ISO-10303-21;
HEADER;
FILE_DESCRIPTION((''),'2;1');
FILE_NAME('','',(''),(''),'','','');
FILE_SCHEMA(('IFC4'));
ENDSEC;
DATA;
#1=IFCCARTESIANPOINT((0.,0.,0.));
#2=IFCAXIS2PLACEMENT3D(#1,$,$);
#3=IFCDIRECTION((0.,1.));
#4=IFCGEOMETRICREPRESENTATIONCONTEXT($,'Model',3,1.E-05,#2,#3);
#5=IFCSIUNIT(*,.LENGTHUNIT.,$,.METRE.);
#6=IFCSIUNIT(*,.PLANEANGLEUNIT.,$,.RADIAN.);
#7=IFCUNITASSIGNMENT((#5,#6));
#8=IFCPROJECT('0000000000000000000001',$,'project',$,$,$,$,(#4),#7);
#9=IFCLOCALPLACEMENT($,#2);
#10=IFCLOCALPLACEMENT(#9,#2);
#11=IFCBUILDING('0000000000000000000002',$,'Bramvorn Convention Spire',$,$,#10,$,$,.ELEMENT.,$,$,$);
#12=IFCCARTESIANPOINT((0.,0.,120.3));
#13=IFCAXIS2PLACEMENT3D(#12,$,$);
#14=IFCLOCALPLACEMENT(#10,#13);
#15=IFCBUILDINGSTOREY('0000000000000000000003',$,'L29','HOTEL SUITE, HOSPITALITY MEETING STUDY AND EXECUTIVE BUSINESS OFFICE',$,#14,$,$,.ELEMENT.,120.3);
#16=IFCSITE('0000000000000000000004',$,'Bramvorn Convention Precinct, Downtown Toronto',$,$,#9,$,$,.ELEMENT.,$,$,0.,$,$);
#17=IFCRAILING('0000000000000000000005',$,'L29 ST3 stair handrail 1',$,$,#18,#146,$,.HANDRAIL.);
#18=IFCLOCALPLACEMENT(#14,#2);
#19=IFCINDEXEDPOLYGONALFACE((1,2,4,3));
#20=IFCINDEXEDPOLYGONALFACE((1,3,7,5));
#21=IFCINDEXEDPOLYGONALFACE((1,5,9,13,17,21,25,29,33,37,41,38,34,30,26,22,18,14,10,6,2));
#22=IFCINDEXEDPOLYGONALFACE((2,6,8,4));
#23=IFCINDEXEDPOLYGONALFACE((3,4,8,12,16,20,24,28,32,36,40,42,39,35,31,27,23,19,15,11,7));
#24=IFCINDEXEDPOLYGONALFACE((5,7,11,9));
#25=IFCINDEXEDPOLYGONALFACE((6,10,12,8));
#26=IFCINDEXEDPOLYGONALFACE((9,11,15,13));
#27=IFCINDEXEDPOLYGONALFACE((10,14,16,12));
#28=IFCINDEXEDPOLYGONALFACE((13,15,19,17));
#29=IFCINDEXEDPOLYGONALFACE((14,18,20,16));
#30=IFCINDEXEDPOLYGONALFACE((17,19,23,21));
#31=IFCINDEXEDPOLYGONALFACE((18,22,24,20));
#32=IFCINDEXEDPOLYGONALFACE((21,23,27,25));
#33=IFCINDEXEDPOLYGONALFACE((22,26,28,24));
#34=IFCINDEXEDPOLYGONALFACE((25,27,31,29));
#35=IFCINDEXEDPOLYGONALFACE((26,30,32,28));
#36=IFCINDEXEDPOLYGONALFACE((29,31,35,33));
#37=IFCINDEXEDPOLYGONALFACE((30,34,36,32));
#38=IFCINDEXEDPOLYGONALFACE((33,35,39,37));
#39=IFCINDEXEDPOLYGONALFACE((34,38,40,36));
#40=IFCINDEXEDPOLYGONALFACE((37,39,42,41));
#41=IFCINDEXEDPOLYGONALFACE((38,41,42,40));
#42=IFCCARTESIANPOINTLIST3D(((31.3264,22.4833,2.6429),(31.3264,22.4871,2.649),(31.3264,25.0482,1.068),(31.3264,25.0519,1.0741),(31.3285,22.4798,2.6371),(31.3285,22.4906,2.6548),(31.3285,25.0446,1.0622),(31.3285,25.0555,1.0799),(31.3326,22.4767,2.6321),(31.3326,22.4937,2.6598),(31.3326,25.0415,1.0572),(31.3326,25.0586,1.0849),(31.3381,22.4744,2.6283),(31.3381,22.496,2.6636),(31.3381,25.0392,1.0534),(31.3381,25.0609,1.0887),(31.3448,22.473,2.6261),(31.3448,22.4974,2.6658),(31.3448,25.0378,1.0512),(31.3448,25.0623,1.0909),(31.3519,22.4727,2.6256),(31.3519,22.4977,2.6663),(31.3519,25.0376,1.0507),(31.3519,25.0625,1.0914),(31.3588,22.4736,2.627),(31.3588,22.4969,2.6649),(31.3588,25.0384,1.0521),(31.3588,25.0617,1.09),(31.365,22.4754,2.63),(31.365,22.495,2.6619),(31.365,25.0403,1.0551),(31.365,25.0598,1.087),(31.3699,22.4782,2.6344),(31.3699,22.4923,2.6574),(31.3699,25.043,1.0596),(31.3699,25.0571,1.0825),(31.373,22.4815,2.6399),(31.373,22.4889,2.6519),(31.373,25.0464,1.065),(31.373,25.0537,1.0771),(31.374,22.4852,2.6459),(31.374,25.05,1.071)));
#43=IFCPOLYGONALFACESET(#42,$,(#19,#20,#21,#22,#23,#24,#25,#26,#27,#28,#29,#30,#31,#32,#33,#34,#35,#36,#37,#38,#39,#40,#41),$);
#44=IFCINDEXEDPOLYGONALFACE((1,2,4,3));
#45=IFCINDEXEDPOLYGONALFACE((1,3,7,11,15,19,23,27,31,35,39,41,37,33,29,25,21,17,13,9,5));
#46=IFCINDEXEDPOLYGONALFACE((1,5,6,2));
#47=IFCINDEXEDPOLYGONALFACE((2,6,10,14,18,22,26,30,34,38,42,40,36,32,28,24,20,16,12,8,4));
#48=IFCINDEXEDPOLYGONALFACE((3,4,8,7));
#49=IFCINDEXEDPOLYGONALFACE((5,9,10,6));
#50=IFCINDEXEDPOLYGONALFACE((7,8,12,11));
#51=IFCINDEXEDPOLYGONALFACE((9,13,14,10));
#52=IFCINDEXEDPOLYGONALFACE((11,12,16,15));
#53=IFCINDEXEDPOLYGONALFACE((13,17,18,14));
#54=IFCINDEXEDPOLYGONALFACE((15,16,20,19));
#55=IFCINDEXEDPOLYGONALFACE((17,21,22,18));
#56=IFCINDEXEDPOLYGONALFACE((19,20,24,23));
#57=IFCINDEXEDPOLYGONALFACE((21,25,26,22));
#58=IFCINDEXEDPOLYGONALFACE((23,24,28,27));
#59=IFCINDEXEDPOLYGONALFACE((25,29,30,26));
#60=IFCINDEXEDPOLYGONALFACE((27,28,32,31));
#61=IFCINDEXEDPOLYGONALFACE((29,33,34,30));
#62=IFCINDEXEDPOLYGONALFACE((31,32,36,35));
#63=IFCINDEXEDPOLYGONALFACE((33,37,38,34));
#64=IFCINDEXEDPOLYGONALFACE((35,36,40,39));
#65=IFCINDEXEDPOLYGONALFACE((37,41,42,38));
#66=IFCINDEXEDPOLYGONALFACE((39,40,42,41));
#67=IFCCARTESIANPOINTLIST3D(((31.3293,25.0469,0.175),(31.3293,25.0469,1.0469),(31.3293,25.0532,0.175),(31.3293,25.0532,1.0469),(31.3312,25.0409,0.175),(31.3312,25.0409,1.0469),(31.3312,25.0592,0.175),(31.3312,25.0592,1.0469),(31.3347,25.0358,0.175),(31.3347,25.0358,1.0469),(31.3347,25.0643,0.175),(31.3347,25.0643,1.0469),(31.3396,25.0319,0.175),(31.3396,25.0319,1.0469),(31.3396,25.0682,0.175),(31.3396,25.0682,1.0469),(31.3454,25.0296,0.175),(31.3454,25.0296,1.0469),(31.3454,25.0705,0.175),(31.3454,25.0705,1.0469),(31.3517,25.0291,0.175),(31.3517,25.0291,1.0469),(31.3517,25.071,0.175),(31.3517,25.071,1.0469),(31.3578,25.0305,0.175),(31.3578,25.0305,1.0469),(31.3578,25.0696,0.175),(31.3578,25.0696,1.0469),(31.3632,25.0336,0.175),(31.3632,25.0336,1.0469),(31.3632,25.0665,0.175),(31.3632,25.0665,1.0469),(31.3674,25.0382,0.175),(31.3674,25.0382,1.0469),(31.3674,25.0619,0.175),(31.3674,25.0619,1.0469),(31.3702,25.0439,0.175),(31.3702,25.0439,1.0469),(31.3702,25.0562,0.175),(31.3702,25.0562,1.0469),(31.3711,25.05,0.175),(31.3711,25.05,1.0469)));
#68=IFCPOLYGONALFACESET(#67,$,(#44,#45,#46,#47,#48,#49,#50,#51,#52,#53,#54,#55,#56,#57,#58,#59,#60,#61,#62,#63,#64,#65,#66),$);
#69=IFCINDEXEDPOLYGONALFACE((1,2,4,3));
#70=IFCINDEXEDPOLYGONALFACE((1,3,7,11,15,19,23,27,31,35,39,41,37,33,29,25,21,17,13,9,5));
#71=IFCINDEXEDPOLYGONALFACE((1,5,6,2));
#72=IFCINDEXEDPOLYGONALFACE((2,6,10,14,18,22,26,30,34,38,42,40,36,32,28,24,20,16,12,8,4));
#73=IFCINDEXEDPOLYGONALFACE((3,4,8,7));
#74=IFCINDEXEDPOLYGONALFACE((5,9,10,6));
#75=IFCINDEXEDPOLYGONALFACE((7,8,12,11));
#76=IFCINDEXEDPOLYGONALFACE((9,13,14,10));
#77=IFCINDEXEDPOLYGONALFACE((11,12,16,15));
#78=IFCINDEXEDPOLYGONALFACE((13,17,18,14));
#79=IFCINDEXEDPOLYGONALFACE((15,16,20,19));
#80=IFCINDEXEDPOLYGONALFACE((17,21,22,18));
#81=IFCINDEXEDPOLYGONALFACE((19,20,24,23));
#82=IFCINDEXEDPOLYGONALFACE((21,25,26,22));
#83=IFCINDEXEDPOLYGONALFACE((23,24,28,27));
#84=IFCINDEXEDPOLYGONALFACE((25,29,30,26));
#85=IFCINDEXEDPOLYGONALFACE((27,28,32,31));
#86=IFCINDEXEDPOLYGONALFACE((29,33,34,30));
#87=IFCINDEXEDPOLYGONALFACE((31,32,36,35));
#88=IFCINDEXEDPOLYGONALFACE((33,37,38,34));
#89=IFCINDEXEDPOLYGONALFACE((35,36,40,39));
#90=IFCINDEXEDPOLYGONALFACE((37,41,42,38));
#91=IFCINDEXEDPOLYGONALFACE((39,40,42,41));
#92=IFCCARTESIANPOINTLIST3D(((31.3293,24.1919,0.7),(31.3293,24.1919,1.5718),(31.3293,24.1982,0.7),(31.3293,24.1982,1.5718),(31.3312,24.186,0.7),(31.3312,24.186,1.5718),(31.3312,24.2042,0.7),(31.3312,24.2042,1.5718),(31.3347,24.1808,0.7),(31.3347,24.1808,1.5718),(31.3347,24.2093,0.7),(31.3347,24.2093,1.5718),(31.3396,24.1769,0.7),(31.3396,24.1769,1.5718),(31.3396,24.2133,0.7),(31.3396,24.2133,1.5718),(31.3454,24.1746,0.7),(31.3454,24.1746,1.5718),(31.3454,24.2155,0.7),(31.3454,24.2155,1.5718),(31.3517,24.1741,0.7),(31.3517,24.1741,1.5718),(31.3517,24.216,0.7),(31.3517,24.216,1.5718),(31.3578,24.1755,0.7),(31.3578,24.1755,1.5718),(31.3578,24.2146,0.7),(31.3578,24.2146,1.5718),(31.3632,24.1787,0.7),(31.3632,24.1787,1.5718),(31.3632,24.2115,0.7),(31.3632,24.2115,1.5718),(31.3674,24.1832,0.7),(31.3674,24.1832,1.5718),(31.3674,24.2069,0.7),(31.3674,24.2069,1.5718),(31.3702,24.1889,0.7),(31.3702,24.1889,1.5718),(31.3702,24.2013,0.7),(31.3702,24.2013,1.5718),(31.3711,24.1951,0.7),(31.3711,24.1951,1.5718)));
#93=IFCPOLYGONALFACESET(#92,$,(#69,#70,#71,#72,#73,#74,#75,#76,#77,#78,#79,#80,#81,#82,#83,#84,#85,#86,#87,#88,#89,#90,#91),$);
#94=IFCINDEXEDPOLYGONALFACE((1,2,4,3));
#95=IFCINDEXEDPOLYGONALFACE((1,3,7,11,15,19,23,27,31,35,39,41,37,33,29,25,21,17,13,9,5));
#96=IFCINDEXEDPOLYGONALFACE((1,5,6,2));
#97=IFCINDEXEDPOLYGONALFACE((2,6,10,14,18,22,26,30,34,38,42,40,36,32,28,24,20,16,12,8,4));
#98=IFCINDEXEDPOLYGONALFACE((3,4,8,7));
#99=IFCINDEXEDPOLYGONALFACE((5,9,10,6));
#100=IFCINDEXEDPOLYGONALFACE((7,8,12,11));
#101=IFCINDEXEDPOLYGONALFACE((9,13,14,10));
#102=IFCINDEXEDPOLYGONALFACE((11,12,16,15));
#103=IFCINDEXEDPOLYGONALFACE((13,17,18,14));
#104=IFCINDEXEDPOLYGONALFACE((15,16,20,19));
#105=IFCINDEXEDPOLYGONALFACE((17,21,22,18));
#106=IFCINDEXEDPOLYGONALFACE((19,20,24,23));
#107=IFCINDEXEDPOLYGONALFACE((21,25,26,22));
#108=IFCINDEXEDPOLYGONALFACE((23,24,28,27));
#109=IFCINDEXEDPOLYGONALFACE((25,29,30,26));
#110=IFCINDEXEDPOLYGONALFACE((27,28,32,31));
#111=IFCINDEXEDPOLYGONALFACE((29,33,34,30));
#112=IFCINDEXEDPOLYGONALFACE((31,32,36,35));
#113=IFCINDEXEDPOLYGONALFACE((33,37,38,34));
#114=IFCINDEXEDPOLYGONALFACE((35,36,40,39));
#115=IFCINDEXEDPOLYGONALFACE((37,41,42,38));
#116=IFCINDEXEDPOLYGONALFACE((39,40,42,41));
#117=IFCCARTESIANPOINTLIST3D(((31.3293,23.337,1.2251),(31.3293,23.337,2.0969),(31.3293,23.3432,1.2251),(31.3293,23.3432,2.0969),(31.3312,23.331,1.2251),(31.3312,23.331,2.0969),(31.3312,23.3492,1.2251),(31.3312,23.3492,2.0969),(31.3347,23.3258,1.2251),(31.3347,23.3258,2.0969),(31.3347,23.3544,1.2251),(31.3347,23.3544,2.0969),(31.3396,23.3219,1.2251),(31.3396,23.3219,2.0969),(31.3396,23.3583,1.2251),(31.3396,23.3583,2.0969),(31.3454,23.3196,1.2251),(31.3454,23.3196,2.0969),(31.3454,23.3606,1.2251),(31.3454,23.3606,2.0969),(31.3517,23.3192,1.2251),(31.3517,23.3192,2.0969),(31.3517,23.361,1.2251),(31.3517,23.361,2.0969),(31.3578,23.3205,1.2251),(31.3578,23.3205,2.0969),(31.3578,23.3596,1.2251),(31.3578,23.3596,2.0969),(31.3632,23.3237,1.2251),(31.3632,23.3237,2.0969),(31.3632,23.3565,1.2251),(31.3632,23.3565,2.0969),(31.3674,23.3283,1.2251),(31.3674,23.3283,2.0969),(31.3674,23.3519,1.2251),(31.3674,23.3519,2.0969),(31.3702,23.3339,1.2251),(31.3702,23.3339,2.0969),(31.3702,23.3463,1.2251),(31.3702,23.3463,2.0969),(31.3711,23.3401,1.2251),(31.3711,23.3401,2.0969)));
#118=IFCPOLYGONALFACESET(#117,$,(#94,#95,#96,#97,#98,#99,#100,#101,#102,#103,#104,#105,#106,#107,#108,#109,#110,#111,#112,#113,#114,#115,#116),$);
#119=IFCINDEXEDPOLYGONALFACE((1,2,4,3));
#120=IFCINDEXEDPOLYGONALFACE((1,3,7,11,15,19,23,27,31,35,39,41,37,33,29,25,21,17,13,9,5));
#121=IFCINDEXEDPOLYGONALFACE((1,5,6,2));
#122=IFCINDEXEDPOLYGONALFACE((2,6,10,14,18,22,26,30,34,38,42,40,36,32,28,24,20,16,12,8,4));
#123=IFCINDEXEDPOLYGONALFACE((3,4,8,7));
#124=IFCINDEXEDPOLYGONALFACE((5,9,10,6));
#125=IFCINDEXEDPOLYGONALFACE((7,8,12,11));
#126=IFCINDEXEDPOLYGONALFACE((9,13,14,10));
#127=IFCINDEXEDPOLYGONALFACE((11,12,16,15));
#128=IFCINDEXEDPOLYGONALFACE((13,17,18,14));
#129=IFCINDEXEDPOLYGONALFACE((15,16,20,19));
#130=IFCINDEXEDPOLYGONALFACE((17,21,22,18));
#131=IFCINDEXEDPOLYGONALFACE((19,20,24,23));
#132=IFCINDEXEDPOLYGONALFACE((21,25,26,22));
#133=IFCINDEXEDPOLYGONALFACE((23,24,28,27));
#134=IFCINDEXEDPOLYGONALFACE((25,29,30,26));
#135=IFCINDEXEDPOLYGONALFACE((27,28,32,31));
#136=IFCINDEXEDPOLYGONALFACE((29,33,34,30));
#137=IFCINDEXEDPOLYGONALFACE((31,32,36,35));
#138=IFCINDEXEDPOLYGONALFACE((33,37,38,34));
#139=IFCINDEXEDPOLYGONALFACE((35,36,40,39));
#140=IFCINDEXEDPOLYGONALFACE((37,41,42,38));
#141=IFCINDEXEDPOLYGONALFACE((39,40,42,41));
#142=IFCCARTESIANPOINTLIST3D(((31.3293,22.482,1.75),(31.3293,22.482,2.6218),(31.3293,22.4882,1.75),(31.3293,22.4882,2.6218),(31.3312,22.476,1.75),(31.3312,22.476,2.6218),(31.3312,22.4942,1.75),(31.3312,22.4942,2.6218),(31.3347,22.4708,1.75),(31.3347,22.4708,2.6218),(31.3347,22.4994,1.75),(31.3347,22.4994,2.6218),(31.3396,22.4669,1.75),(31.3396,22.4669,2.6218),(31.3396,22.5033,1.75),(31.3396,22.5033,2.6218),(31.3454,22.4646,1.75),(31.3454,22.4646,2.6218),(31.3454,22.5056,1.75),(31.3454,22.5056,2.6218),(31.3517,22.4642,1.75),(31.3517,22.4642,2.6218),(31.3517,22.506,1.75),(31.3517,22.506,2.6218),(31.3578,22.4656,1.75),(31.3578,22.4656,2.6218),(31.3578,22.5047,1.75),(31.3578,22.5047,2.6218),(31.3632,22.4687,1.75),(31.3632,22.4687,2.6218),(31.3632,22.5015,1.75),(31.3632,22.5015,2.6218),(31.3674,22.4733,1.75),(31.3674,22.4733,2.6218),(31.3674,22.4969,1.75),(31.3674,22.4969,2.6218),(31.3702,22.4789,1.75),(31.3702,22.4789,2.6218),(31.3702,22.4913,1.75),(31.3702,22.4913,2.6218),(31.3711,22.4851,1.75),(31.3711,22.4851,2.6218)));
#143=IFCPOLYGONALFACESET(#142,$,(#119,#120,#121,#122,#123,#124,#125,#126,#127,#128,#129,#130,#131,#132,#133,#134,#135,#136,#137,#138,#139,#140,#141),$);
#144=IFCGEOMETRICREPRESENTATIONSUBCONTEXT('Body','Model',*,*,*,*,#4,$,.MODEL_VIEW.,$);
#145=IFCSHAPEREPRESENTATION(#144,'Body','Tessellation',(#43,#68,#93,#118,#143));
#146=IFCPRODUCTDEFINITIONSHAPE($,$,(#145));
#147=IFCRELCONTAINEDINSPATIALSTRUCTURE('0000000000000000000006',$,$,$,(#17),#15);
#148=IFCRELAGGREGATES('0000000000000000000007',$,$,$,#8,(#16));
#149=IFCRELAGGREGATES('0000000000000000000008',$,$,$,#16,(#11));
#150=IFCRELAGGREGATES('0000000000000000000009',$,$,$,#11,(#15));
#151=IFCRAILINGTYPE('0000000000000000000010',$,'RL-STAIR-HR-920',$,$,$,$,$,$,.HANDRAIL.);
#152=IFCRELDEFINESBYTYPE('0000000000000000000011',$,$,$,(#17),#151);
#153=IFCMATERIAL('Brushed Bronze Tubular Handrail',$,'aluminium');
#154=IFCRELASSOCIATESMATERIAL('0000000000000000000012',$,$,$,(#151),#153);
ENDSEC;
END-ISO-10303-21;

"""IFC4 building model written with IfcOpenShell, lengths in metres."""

from ifc_helpers import new_model, si_unit, direction, frame, origin, origin_2d, place, context, subcontext, project, spatial, circle, extrude, material, type_object, element, save


model = new_model("IFC4")

# Units and contexts
model_context = context("Model", 3, precision=1e-05, world=origin(), true_north=direction((0.0, 1.0)))
body_context = subcontext(model_context, "Body", "Model", "MODEL_VIEW")
ifc_project = project(units=[si_unit("LENGTHUNIT", "METRE"), si_unit("PLANEANGLEUNIT", "RADIAN")], contexts=[model_context])

# Site, building, storey
site_placement = place(None, origin())
site = spatial("IfcSite", under=ifc_project, at=site_placement, Name="Bramvorn Convention Precinct, Downtown Toronto", CompositionType="ELEMENT", RefElevation=0.0)
building_placement = place(site_placement, origin())
building = spatial("IfcBuilding", under=site, at=building_placement, Name="Bramvorn Convention Spire", CompositionType="ELEMENT")
storey_placement = place(building_placement, frame((0.0, 0.0, 120.3)))
storey = spatial("IfcBuildingStorey", under=building, at=storey_placement, Name="L29", Description="HOTEL SUITE, HOSPITALITY MEETING STUDY AND EXECUTIVE BUSINESS OFFICE", CompositionType="ELEMENT", Elevation=120.3)

# Railing
ifc_material_1 = material(Name="Brushed Bronze Tubular Handrail", Category="aluminium")
railing_type_1 = type_object("IfcRailingType", Name="RL-STAIR-HR-920", PredefinedType="HANDRAIL", material=ifc_material_1)
railing_1_placement = place(storey_placement, frame((31.3501, 25.05, 0.175)))
element("IfcRailing", 1, at=railing_1_placement, inside=storey, type_object=railing_type_1, Name="L29 ST3 stair handrail 1", PredefinedType="HANDRAIL", context=body_context, shape_type="SweptSolid", body=[
    extrude(circle(Radius=0.0239, at=origin_2d()), frame((0.0, 0.0, 0.896), z_axis=(0.0, -0.852173, 0.52326), x_axis=(1.0, 0.0, 0.0)), (0.0, 0.0, 1.0), 3.0098),
    extrude(circle(Radius=0.021, at=origin_2d()), origin(), (0.0, 0.0, 1.0), 0.8718),
    extrude(circle(Radius=0.021, at=origin_2d()), frame((0.0, -0.855, 0.5249)), (0.0, 0.0, 1.0), 0.8718),
    extrude(circle(Radius=0.021, at=origin_2d()), frame((0.0, -1.71, 1.05)), (0.0, 0.0, 1.0), 0.8718),
    extrude(circle(Radius=0.021, at=origin_2d()), frame((0.0, -2.5649, 1.575)), (0.0, 0.0, 1.0), 0.8718),
])

save(model, "model.ifc")
